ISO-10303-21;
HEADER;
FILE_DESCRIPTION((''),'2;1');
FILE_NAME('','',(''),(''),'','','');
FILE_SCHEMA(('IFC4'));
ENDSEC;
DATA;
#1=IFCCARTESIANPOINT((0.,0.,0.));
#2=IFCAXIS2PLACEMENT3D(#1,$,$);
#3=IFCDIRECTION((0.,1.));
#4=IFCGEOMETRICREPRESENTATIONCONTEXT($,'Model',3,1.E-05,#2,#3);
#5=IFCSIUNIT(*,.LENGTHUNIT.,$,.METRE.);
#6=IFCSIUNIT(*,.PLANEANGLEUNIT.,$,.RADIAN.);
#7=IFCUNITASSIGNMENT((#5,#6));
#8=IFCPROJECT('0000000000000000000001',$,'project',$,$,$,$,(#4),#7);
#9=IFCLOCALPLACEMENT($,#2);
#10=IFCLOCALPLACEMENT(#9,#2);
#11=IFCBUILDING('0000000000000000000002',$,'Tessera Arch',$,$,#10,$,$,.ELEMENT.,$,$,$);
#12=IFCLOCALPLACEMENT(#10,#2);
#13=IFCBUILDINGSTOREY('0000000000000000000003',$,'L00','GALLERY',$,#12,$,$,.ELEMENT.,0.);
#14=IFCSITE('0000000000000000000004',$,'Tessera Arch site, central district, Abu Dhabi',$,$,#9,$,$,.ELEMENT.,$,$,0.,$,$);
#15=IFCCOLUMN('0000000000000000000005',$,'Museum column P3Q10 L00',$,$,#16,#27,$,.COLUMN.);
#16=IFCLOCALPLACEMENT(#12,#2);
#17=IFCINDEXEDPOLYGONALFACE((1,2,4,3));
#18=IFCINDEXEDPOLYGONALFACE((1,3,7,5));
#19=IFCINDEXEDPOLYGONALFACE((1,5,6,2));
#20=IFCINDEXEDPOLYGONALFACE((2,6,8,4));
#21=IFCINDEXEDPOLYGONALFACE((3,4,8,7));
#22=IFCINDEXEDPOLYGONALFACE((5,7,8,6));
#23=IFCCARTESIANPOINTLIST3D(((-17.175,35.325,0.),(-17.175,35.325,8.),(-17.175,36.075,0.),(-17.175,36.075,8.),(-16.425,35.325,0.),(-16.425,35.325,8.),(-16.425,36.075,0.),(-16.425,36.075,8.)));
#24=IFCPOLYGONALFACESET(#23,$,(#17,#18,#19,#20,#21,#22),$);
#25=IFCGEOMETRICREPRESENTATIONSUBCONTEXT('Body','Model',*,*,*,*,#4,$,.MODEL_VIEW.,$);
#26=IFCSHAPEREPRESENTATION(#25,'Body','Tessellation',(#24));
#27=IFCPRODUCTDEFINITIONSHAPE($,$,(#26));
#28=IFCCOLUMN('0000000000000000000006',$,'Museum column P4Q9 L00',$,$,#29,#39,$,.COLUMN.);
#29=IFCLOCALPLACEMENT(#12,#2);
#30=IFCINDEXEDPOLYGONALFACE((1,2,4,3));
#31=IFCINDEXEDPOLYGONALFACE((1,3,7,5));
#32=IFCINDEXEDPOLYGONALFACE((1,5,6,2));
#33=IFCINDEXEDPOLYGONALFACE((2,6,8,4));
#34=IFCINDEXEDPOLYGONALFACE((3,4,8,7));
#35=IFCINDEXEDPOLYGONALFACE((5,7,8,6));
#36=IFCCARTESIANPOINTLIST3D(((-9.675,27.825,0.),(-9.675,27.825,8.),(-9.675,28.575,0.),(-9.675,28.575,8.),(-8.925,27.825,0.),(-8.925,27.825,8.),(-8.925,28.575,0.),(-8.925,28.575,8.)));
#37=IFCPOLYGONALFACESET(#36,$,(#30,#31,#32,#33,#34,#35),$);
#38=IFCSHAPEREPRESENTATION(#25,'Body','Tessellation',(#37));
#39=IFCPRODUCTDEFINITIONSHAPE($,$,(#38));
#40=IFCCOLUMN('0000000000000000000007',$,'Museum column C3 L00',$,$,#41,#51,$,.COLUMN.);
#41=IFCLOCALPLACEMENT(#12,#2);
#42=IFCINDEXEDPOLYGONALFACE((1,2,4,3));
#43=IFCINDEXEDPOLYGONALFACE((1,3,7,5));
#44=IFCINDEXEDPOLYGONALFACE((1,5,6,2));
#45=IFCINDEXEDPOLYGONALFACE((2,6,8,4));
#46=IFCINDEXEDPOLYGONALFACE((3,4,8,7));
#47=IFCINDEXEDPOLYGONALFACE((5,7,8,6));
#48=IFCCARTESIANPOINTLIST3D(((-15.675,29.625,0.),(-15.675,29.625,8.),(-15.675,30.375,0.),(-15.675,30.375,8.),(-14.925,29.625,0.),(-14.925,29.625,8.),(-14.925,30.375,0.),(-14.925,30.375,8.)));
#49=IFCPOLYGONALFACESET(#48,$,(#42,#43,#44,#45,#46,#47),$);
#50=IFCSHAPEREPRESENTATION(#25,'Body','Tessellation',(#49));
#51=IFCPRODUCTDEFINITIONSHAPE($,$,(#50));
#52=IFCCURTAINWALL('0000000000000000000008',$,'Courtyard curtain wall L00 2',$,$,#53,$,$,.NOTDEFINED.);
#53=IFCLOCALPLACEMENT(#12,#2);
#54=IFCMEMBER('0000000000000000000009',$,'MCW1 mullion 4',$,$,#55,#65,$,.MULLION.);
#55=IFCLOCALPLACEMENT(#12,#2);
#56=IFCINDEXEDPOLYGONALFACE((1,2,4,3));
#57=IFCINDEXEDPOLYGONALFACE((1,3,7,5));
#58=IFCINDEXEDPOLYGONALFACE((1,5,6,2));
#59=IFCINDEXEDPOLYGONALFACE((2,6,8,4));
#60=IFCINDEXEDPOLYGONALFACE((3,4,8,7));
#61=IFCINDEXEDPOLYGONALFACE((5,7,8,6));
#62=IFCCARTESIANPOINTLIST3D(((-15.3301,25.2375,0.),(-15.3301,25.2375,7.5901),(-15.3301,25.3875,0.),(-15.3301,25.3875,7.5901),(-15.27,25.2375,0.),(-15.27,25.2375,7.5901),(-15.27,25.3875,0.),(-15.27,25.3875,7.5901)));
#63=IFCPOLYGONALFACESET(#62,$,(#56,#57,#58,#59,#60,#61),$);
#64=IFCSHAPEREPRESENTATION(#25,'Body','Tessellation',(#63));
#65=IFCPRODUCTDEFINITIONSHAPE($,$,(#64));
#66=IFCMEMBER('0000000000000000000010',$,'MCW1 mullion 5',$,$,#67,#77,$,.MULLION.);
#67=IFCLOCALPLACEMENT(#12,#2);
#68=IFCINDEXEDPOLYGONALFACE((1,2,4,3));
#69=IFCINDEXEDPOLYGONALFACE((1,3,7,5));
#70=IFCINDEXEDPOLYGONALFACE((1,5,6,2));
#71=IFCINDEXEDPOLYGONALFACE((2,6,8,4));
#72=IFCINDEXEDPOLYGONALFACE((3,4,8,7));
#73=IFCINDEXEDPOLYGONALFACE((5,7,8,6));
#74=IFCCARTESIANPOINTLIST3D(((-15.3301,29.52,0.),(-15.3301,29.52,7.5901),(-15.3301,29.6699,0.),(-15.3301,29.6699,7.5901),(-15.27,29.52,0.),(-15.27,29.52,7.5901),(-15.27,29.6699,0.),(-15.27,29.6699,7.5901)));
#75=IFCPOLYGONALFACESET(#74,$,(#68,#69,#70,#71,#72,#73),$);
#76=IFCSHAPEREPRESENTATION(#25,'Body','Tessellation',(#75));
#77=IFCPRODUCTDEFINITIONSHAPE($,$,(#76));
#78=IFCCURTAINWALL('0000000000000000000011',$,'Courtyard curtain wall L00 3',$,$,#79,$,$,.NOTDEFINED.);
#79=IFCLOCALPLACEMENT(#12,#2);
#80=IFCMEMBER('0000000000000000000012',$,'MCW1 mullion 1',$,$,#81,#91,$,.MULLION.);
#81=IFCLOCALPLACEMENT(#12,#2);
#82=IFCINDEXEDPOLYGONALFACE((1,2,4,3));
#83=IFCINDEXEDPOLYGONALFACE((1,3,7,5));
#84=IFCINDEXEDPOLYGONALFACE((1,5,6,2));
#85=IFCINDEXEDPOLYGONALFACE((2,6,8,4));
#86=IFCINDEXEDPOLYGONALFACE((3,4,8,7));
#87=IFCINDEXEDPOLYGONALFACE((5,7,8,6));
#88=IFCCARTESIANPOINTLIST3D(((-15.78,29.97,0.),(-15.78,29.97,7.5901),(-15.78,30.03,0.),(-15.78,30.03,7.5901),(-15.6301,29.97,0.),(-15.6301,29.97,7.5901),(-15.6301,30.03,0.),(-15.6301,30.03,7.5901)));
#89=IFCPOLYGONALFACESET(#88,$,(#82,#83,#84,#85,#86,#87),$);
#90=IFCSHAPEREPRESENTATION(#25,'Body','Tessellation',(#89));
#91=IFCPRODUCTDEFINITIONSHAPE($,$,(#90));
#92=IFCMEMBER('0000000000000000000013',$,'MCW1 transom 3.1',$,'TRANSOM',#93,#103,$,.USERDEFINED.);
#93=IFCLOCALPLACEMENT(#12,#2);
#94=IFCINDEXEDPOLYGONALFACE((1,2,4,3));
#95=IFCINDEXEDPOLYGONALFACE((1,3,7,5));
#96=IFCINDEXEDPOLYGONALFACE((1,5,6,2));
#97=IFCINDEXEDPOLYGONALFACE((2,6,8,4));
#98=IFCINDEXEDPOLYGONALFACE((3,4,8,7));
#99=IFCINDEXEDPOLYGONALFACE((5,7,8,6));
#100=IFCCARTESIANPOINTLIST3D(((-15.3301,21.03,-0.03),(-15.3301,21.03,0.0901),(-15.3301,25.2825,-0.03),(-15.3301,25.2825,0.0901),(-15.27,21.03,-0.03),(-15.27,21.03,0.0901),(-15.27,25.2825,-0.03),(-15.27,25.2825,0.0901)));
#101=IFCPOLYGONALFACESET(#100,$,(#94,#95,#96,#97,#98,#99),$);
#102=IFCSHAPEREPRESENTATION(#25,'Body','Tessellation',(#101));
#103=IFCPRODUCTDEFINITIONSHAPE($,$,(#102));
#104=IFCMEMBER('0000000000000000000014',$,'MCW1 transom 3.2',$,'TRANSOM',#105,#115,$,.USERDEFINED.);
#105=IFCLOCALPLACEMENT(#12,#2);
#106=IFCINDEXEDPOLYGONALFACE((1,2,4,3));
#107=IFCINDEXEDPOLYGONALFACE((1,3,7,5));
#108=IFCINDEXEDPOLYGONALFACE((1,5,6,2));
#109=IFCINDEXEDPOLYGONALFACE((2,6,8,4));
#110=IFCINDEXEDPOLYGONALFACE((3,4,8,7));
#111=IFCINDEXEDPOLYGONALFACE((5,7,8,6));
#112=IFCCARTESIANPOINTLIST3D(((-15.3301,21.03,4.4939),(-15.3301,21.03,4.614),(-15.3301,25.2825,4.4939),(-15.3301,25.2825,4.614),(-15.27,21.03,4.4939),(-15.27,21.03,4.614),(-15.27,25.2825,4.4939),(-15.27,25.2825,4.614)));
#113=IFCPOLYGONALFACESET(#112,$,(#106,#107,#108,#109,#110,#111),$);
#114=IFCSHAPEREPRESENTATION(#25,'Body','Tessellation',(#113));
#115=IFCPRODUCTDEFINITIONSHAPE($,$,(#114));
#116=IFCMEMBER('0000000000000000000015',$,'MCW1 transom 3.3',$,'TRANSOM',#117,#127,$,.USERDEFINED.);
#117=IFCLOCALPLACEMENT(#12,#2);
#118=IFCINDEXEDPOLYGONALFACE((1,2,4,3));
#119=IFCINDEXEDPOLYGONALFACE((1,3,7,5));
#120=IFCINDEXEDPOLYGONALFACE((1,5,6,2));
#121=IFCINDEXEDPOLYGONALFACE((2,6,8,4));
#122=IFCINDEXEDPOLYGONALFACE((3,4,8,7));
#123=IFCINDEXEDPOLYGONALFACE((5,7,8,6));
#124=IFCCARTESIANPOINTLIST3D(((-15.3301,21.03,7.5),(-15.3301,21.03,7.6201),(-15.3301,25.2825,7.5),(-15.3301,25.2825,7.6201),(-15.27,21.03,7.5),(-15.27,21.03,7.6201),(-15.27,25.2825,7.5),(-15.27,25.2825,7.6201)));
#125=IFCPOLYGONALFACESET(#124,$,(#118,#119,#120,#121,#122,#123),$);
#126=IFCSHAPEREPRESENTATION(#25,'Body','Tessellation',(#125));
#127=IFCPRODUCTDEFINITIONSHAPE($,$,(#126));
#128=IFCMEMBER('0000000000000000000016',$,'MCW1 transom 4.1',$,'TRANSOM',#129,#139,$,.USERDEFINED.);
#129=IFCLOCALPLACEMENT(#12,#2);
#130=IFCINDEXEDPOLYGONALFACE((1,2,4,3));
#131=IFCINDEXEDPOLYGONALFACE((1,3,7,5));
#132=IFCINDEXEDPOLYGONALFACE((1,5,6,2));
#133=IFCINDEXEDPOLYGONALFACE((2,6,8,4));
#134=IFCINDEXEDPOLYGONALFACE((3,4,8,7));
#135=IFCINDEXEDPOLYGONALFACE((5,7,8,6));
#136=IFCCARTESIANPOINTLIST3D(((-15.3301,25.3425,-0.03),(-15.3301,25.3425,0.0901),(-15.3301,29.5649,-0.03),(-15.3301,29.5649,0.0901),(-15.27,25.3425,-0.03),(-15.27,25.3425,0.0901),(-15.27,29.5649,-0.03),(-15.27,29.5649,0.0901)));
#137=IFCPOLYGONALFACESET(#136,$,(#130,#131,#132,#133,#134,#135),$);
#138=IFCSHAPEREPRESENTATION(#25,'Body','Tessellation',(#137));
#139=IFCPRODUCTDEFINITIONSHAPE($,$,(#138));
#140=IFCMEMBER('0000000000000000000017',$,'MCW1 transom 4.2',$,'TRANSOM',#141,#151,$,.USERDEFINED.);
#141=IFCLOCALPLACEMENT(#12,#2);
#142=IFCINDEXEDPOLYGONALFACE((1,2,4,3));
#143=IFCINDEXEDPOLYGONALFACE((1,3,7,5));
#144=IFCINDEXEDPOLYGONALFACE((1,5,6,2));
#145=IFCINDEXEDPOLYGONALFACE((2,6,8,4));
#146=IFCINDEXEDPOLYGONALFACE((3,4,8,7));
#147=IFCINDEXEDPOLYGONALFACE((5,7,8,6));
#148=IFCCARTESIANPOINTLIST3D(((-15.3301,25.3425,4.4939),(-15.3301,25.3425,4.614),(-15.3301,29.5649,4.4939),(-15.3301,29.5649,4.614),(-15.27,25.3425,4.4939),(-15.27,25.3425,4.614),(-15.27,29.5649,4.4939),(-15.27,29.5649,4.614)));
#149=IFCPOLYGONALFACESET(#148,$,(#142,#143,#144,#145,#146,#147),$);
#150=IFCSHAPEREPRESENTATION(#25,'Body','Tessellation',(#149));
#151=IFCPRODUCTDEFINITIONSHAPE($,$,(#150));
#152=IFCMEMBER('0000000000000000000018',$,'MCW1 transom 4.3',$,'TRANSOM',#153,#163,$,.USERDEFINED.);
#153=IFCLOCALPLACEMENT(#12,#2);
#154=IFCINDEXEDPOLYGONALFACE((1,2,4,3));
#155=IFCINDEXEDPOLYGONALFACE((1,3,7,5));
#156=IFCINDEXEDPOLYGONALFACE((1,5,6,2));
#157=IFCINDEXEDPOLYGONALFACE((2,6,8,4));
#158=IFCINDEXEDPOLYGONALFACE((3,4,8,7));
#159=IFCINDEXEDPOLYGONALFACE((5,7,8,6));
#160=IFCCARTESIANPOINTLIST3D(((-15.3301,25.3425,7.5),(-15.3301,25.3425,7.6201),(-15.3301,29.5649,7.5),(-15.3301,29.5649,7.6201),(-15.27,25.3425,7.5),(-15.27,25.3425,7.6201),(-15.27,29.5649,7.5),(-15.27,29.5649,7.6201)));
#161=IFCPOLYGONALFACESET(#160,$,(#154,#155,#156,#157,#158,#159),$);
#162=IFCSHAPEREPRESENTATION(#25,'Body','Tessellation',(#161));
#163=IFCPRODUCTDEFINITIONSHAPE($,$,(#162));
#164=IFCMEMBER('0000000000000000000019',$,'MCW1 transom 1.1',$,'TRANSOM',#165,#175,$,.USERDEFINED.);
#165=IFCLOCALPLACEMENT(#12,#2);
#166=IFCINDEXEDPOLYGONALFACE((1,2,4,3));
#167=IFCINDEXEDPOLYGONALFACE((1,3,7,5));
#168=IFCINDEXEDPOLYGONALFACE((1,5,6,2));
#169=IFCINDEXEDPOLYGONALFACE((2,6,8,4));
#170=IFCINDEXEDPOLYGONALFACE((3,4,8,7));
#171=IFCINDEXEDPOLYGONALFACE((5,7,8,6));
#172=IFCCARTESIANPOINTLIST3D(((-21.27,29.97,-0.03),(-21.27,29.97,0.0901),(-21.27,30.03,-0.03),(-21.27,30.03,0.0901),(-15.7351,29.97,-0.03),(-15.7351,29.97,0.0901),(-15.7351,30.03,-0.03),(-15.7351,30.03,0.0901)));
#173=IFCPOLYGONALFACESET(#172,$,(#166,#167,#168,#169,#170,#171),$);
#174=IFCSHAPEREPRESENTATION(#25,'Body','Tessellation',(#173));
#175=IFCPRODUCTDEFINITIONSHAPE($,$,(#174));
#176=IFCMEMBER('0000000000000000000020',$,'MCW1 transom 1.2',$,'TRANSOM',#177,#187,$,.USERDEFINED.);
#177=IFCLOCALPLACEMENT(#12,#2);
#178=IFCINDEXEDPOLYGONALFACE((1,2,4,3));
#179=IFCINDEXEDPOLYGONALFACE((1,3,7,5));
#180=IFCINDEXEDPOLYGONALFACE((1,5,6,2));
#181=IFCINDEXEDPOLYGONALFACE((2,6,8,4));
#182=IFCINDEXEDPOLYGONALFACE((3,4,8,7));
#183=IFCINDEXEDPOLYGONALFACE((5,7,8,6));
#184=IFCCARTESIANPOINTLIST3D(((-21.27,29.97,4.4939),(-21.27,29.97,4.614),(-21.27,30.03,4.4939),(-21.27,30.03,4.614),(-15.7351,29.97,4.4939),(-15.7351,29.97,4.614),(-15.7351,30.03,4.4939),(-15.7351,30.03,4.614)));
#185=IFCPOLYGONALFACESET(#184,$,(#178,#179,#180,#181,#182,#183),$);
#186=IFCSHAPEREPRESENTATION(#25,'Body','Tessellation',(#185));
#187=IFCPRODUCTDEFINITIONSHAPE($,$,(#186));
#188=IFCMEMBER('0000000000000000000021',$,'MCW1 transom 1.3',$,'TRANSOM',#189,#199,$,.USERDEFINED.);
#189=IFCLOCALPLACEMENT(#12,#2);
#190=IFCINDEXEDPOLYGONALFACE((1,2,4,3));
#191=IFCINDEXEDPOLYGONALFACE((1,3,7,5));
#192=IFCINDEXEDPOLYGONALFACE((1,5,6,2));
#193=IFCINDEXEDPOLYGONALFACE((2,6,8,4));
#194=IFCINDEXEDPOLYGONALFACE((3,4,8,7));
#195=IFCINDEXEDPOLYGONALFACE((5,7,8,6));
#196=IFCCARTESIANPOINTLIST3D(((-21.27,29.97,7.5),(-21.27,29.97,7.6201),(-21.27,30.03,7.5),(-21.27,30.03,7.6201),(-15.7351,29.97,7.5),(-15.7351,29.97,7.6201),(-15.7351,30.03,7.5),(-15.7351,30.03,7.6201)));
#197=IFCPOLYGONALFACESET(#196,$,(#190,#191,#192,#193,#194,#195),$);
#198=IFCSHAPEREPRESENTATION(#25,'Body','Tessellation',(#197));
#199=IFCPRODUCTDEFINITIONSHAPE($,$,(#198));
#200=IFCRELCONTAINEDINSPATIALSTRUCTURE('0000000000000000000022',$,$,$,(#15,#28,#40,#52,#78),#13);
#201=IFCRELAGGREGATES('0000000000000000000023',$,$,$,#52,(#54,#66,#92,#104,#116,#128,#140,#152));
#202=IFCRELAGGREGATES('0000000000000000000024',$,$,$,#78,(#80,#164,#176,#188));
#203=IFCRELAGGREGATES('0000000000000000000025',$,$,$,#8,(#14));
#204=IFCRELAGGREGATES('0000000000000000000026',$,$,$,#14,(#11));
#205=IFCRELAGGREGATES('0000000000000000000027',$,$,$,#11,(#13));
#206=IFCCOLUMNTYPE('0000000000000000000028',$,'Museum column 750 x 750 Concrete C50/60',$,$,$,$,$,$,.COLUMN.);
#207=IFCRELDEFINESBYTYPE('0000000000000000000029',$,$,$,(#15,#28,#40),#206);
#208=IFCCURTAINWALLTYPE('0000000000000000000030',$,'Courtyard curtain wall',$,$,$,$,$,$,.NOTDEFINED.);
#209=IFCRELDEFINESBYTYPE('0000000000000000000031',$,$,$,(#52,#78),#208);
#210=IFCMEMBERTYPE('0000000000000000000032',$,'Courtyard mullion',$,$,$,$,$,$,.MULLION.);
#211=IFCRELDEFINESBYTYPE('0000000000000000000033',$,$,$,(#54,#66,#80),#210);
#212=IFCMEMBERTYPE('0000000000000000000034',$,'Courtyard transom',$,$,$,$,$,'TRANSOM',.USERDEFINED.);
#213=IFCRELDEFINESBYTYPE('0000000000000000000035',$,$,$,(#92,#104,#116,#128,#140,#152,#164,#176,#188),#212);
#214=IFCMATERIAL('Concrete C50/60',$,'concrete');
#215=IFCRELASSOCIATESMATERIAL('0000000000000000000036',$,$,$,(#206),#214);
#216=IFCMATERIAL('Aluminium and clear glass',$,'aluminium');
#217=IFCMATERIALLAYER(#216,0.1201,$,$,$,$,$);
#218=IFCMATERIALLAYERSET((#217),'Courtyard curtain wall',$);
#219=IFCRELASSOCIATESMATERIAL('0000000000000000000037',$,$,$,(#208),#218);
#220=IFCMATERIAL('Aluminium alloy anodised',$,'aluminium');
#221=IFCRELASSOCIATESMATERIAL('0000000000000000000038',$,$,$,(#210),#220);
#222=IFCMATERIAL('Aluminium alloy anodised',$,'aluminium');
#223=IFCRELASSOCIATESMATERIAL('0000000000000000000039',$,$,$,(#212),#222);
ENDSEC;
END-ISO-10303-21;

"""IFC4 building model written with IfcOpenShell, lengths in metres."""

from ifc_helpers import new_model, si_unit, direction, frame, origin, origin_2d, place, context, subcontext, project, spatial, rectangle, extrude, material, layer, layer_set, material_profile, profile_set, type_object, element, aggregate, save


model = new_model("IFC4")

# Units and contexts
model_context = context("Model", 3, precision=1e-05, world=origin(), true_north=direction((0.0, 1.0)))
body_context = subcontext(model_context, "Body", "Model", "MODEL_VIEW")
ifc_project = project(units=[si_unit("LENGTHUNIT", "METRE"), si_unit("PLANEANGLEUNIT", "RADIAN")], contexts=[model_context])

# Site, building, storey
site_placement = place(None, origin())
site = spatial("IfcSite", under=ifc_project, at=site_placement, Name="Tessera Arch site, central district, Abu Dhabi", CompositionType="ELEMENT", RefElevation=0.0)
building_placement = place(site_placement, origin())
building = spatial("IfcBuilding", under=site, at=building_placement, Name="Tessera Arch", CompositionType="ELEMENT")
storey_placement = place(building_placement, origin())
storey = spatial("IfcBuildingStorey", under=building, at=storey_placement, Name="L00", Description="GALLERY", CompositionType="ELEMENT", Elevation=0.0)

# Columns
ifc_material_1 = material(Name="Concrete C50/60", Category="concrete")
ifc_material_profile_1 = material_profile(ifc_material_1, rectangle(XDim=0.75, YDim=0.75, at=origin_2d()), Name="Museum column 750 x 750 Concrete C50/60")
ifc_profile_set_1 = profile_set([ifc_material_profile_1], Name="Concrete C50/60")
column_type = type_object("IfcColumnType", Name="Museum column 750 x 750 Concrete C50/60", PredefinedType="COLUMN", material=ifc_profile_set_1)
for number, where, z_axis, x_axis, name in (
    (1, (-16.8, 35.7, 0.0), (0.0, 0.0, 1.0), (1.0, 0.0, 0.0), "Museum column P3Q10 L00"),
    (2, (-9.3, 28.2, 0.0), (0.0, 0.0, 1.0), (1.0, 0.0, 0.0), "Museum column P4Q9 L00"),
    (3, (-15.3, 30.0, 0.0), (0.0, 0.0, 1.0), (1.0, 0.0, 0.0), "Museum column C3 L00"),
):
    element("IfcColumn", number, at=place(storey_placement, frame(where, z_axis=z_axis, x_axis=x_axis)), inside=storey, type_object=column_type, Name=name, PredefinedType="COLUMN", context=body_context, shape_type="SweptSolid", body=[
        extrude(rectangle(XDim=0.75, YDim=0.75, at=origin_2d()), origin(), (0.0, 0.0, 1.0), 8.0),
    ])

# Curtain wall, members
ifc_material_2 = material(Name="Aluminium and clear glass", Category="aluminium")
ifc_layer_1 = layer(ifc_material_2, 0.1201)
ifc_layer_set_1 = layer_set([ifc_layer_1], Name="Courtyard curtain wall")
curtain_wall_type = type_object("IfcCurtainWallType", Name="Courtyard curtain wall", PredefinedType="NOTDEFINED", material=ifc_layer_set_1)
curtain_wall_1_placement = place(storey_placement, origin())
curtain_wall_1 = element("IfcCurtainWall", 4, at=curtain_wall_1_placement, inside=storey, type_object=curtain_wall_type, Name="Courtyard curtain wall L00 2", PredefinedType="NOTDEFINED")
ifc_material_3 = material(Name="Aluminium alloy anodised", Category="aluminium")
ifc_material_profile_2 = material_profile(ifc_material_3, rectangle(XDim=0.0601, YDim=0.1499, at=origin_2d()), Name="Courtyard mullion")
ifc_profile_set_2 = profile_set([ifc_material_profile_2], Name="Aluminium alloy anodised")
member_type_1 = type_object("IfcMemberType", Name="Courtyard mullion", PredefinedType="MULLION", material=ifc_profile_set_2)
member_1_placement = place(storey_placement, frame((-15.3, 25.3125, 0.0), z_axis=(0.0, 0.0, 1.0), x_axis=(-1.0, 0.0, 0.0)))
member_1 = element("IfcMember", 5, at=member_1_placement, type_object=member_type_1, Name="MCW1 mullion 4", PredefinedType="MULLION", context=body_context, shape_type="SweptSolid", body=[
    extrude(rectangle(XDim=0.0601, YDim=0.1499, at=origin_2d()), origin(), (0.0, 0.0, 1.0), 7.5901),
])
member_2_placement = place(storey_placement, frame((-15.3, 29.595, 0.0), z_axis=(0.0, 0.0, 1.0), x_axis=(-1.0, 0.0, 0.0)))
member_2 = element("IfcMember", 6, at=member_2_placement, type_object=member_type_1, Name="MCW1 mullion 5", PredefinedType="MULLION", context=body_context, shape_type="SweptSolid", body=[
    extrude(rectangle(XDim=0.0601, YDim=0.1499, at=origin_2d()), origin(), (0.0, 0.0, 1.0), 7.5901),
])

# Curtain wall, member
curtain_wall_2_placement = place(storey_placement, origin())
curtain_wall_2 = element("IfcCurtainWall", 7, at=curtain_wall_2_placement, inside=storey, type_object=curtain_wall_type, Name="Courtyard curtain wall L00 3", PredefinedType="NOTDEFINED")
member_3_placement = place(storey_placement, frame((-15.7051, 30.0, 0.0), z_axis=(0.0, 0.0, 1.0), x_axis=(0.0, -1.0, 0.0)))
member_3 = element("IfcMember", 8, at=member_3_placement, type_object=member_type_1, Name="MCW1 mullion 1", PredefinedType="MULLION", context=body_context, shape_type="SweptSolid", body=[
    extrude(rectangle(XDim=0.0601, YDim=0.1499, at=origin_2d()), origin(), (0.0, 0.0, 1.0), 7.5901),
])

# Members
ifc_material_4 = material(Name="Aluminium alloy anodised", Category="aluminium")
ifc_material_profile_3 = material_profile(ifc_material_4, rectangle(XDim=0.0601, YDim=0.1201, at=origin_2d()), Name="Courtyard transom")
ifc_profile_set_3 = profile_set([ifc_material_profile_3], Name="Aluminium alloy anodised")
member_type_2 = type_object("IfcMemberType", Name="Courtyard transom", ElementType="TRANSOM", PredefinedType="USERDEFINED", material=ifc_profile_set_3)
member_4_placement = place(storey_placement, frame((-15.3, 21.03, 0.03), z_axis=(0.0, 1.0, 0.0), x_axis=(-1.0, 0.0, 0.0)))
member_4 = element("IfcMember", 9, at=member_4_placement, type_object=member_type_2, Name="MCW1 transom 3.1", ObjectType="TRANSOM", PredefinedType="USERDEFINED", context=body_context, shape_type="SweptSolid", body=[
    extrude(rectangle(XDim=0.0601, YDim=0.1201, at=origin_2d()), origin(), (0.0, 0.0, 1.0), 4.2524),
])
member_5_placement = place(storey_placement, frame((-15.3, 21.03, 4.554), z_axis=(0.0, 1.0, 0.0), x_axis=(-1.0, 0.0, 0.0)))
member_5 = element("IfcMember", 10, at=member_5_placement, type_object=member_type_2, Name="MCW1 transom 3.2", ObjectType="TRANSOM", PredefinedType="USERDEFINED", context=body_context, shape_type="SweptSolid", body=[
    extrude(rectangle(XDim=0.0601, YDim=0.1201, at=origin_2d()), origin(), (0.0, 0.0, 1.0), 4.2524),
])
member_6_placement = place(storey_placement, frame((-15.3, 21.03, 7.5601), z_axis=(0.0, 1.0, 0.0), x_axis=(-1.0, 0.0, 0.0)))
member_6 = element("IfcMember", 11, at=member_6_placement, type_object=member_type_2, Name="MCW1 transom 3.3", ObjectType="TRANSOM", PredefinedType="USERDEFINED", context=body_context, shape_type="SweptSolid", body=[
    extrude(rectangle(XDim=0.0601, YDim=0.1201, at=origin_2d()), origin(), (0.0, 0.0, 1.0), 4.2524),
])
member_7_placement = place(storey_placement, frame((-15.3, 25.3425, 0.03), z_axis=(0.0, 1.0, 0.0), x_axis=(-1.0, 0.0, 0.0)))
member_7 = element("IfcMember", 12, at=member_7_placement, type_object=member_type_2, Name="MCW1 transom 4.1", ObjectType="TRANSOM", PredefinedType="USERDEFINED", context=body_context, shape_type="SweptSolid", body=[
    extrude(rectangle(XDim=0.0601, YDim=0.1201, at=origin_2d()), origin(), (0.0, 0.0, 1.0), 4.2224),
])
member_8_placement = place(storey_placement, frame((-15.3, 25.3425, 4.554), z_axis=(0.0, 1.0, 0.0), x_axis=(-1.0, 0.0, 0.0)))
member_8 = element("IfcMember", 13, at=member_8_placement, type_object=member_type_2, Name="MCW1 transom 4.2", ObjectType="TRANSOM", PredefinedType="USERDEFINED", context=body_context, shape_type="SweptSolid", body=[
    extrude(rectangle(XDim=0.0601, YDim=0.1201, at=origin_2d()), origin(), (0.0, 0.0, 1.0), 4.2224),
])
member_9_placement = place(storey_placement, frame((-15.3, 25.3425, 7.5601), z_axis=(0.0, 1.0, 0.0), x_axis=(-1.0, 0.0, 0.0)))
member_9 = element("IfcMember", 14, at=member_9_placement, type_object=member_type_2, Name="MCW1 transom 4.3", ObjectType="TRANSOM", PredefinedType="USERDEFINED", context=body_context, shape_type="SweptSolid", body=[
    extrude(rectangle(XDim=0.0601, YDim=0.1201, at=origin_2d()), origin(), (0.0, 0.0, 1.0), 4.2224),
])
member_10_placement = place(storey_placement, frame((-15.7351, 30.0, 0.03), z_axis=(-1.0, 0.0, 0.0), x_axis=(0.0, -1.0, 0.0)))
member_10 = element("IfcMember", 15, at=member_10_placement, type_object=member_type_2, Name="MCW1 transom 1.1", ObjectType="TRANSOM", PredefinedType="USERDEFINED", context=body_context, shape_type="SweptSolid", body=[
    extrude(rectangle(XDim=0.0601, YDim=0.1201, at=origin_2d()), origin(), (0.0, 0.0, 1.0), 5.5349),
])
member_11_placement = place(storey_placement, frame((-15.7351, 30.0, 4.554), z_axis=(-1.0, 0.0, 0.0), x_axis=(0.0, -1.0, 0.0)))
member_11 = element("IfcMember", 16, at=member_11_placement, type_object=member_type_2, Name="MCW1 transom 1.2", ObjectType="TRANSOM", PredefinedType="USERDEFINED", context=body_context, shape_type="SweptSolid", body=[
    extrude(rectangle(XDim=0.0601, YDim=0.1201, at=origin_2d()), origin(), (0.0, 0.0, 1.0), 5.5349),
])
member_12_placement = place(storey_placement, frame((-15.7351, 30.0, 7.5601), z_axis=(-1.0, 0.0, 0.0), x_axis=(0.0, -1.0, 0.0)))
member_12 = element("IfcMember", 17, at=member_12_placement, type_object=member_type_2, Name="MCW1 transom 1.3", ObjectType="TRANSOM", PredefinedType="USERDEFINED", context=body_context, shape_type="SweptSolid", body=[
    extrude(rectangle(XDim=0.0601, YDim=0.1201, at=origin_2d()), origin(), (0.0, 0.0, 1.0), 5.5349),
])

aggregate(curtain_wall_1, [member_1, member_2, member_4, member_5, member_6, member_7, member_8, member_9])
aggregate(curtain_wall_2, [member_3, member_10, member_11, member_12])

save(model, "model.ifc")
